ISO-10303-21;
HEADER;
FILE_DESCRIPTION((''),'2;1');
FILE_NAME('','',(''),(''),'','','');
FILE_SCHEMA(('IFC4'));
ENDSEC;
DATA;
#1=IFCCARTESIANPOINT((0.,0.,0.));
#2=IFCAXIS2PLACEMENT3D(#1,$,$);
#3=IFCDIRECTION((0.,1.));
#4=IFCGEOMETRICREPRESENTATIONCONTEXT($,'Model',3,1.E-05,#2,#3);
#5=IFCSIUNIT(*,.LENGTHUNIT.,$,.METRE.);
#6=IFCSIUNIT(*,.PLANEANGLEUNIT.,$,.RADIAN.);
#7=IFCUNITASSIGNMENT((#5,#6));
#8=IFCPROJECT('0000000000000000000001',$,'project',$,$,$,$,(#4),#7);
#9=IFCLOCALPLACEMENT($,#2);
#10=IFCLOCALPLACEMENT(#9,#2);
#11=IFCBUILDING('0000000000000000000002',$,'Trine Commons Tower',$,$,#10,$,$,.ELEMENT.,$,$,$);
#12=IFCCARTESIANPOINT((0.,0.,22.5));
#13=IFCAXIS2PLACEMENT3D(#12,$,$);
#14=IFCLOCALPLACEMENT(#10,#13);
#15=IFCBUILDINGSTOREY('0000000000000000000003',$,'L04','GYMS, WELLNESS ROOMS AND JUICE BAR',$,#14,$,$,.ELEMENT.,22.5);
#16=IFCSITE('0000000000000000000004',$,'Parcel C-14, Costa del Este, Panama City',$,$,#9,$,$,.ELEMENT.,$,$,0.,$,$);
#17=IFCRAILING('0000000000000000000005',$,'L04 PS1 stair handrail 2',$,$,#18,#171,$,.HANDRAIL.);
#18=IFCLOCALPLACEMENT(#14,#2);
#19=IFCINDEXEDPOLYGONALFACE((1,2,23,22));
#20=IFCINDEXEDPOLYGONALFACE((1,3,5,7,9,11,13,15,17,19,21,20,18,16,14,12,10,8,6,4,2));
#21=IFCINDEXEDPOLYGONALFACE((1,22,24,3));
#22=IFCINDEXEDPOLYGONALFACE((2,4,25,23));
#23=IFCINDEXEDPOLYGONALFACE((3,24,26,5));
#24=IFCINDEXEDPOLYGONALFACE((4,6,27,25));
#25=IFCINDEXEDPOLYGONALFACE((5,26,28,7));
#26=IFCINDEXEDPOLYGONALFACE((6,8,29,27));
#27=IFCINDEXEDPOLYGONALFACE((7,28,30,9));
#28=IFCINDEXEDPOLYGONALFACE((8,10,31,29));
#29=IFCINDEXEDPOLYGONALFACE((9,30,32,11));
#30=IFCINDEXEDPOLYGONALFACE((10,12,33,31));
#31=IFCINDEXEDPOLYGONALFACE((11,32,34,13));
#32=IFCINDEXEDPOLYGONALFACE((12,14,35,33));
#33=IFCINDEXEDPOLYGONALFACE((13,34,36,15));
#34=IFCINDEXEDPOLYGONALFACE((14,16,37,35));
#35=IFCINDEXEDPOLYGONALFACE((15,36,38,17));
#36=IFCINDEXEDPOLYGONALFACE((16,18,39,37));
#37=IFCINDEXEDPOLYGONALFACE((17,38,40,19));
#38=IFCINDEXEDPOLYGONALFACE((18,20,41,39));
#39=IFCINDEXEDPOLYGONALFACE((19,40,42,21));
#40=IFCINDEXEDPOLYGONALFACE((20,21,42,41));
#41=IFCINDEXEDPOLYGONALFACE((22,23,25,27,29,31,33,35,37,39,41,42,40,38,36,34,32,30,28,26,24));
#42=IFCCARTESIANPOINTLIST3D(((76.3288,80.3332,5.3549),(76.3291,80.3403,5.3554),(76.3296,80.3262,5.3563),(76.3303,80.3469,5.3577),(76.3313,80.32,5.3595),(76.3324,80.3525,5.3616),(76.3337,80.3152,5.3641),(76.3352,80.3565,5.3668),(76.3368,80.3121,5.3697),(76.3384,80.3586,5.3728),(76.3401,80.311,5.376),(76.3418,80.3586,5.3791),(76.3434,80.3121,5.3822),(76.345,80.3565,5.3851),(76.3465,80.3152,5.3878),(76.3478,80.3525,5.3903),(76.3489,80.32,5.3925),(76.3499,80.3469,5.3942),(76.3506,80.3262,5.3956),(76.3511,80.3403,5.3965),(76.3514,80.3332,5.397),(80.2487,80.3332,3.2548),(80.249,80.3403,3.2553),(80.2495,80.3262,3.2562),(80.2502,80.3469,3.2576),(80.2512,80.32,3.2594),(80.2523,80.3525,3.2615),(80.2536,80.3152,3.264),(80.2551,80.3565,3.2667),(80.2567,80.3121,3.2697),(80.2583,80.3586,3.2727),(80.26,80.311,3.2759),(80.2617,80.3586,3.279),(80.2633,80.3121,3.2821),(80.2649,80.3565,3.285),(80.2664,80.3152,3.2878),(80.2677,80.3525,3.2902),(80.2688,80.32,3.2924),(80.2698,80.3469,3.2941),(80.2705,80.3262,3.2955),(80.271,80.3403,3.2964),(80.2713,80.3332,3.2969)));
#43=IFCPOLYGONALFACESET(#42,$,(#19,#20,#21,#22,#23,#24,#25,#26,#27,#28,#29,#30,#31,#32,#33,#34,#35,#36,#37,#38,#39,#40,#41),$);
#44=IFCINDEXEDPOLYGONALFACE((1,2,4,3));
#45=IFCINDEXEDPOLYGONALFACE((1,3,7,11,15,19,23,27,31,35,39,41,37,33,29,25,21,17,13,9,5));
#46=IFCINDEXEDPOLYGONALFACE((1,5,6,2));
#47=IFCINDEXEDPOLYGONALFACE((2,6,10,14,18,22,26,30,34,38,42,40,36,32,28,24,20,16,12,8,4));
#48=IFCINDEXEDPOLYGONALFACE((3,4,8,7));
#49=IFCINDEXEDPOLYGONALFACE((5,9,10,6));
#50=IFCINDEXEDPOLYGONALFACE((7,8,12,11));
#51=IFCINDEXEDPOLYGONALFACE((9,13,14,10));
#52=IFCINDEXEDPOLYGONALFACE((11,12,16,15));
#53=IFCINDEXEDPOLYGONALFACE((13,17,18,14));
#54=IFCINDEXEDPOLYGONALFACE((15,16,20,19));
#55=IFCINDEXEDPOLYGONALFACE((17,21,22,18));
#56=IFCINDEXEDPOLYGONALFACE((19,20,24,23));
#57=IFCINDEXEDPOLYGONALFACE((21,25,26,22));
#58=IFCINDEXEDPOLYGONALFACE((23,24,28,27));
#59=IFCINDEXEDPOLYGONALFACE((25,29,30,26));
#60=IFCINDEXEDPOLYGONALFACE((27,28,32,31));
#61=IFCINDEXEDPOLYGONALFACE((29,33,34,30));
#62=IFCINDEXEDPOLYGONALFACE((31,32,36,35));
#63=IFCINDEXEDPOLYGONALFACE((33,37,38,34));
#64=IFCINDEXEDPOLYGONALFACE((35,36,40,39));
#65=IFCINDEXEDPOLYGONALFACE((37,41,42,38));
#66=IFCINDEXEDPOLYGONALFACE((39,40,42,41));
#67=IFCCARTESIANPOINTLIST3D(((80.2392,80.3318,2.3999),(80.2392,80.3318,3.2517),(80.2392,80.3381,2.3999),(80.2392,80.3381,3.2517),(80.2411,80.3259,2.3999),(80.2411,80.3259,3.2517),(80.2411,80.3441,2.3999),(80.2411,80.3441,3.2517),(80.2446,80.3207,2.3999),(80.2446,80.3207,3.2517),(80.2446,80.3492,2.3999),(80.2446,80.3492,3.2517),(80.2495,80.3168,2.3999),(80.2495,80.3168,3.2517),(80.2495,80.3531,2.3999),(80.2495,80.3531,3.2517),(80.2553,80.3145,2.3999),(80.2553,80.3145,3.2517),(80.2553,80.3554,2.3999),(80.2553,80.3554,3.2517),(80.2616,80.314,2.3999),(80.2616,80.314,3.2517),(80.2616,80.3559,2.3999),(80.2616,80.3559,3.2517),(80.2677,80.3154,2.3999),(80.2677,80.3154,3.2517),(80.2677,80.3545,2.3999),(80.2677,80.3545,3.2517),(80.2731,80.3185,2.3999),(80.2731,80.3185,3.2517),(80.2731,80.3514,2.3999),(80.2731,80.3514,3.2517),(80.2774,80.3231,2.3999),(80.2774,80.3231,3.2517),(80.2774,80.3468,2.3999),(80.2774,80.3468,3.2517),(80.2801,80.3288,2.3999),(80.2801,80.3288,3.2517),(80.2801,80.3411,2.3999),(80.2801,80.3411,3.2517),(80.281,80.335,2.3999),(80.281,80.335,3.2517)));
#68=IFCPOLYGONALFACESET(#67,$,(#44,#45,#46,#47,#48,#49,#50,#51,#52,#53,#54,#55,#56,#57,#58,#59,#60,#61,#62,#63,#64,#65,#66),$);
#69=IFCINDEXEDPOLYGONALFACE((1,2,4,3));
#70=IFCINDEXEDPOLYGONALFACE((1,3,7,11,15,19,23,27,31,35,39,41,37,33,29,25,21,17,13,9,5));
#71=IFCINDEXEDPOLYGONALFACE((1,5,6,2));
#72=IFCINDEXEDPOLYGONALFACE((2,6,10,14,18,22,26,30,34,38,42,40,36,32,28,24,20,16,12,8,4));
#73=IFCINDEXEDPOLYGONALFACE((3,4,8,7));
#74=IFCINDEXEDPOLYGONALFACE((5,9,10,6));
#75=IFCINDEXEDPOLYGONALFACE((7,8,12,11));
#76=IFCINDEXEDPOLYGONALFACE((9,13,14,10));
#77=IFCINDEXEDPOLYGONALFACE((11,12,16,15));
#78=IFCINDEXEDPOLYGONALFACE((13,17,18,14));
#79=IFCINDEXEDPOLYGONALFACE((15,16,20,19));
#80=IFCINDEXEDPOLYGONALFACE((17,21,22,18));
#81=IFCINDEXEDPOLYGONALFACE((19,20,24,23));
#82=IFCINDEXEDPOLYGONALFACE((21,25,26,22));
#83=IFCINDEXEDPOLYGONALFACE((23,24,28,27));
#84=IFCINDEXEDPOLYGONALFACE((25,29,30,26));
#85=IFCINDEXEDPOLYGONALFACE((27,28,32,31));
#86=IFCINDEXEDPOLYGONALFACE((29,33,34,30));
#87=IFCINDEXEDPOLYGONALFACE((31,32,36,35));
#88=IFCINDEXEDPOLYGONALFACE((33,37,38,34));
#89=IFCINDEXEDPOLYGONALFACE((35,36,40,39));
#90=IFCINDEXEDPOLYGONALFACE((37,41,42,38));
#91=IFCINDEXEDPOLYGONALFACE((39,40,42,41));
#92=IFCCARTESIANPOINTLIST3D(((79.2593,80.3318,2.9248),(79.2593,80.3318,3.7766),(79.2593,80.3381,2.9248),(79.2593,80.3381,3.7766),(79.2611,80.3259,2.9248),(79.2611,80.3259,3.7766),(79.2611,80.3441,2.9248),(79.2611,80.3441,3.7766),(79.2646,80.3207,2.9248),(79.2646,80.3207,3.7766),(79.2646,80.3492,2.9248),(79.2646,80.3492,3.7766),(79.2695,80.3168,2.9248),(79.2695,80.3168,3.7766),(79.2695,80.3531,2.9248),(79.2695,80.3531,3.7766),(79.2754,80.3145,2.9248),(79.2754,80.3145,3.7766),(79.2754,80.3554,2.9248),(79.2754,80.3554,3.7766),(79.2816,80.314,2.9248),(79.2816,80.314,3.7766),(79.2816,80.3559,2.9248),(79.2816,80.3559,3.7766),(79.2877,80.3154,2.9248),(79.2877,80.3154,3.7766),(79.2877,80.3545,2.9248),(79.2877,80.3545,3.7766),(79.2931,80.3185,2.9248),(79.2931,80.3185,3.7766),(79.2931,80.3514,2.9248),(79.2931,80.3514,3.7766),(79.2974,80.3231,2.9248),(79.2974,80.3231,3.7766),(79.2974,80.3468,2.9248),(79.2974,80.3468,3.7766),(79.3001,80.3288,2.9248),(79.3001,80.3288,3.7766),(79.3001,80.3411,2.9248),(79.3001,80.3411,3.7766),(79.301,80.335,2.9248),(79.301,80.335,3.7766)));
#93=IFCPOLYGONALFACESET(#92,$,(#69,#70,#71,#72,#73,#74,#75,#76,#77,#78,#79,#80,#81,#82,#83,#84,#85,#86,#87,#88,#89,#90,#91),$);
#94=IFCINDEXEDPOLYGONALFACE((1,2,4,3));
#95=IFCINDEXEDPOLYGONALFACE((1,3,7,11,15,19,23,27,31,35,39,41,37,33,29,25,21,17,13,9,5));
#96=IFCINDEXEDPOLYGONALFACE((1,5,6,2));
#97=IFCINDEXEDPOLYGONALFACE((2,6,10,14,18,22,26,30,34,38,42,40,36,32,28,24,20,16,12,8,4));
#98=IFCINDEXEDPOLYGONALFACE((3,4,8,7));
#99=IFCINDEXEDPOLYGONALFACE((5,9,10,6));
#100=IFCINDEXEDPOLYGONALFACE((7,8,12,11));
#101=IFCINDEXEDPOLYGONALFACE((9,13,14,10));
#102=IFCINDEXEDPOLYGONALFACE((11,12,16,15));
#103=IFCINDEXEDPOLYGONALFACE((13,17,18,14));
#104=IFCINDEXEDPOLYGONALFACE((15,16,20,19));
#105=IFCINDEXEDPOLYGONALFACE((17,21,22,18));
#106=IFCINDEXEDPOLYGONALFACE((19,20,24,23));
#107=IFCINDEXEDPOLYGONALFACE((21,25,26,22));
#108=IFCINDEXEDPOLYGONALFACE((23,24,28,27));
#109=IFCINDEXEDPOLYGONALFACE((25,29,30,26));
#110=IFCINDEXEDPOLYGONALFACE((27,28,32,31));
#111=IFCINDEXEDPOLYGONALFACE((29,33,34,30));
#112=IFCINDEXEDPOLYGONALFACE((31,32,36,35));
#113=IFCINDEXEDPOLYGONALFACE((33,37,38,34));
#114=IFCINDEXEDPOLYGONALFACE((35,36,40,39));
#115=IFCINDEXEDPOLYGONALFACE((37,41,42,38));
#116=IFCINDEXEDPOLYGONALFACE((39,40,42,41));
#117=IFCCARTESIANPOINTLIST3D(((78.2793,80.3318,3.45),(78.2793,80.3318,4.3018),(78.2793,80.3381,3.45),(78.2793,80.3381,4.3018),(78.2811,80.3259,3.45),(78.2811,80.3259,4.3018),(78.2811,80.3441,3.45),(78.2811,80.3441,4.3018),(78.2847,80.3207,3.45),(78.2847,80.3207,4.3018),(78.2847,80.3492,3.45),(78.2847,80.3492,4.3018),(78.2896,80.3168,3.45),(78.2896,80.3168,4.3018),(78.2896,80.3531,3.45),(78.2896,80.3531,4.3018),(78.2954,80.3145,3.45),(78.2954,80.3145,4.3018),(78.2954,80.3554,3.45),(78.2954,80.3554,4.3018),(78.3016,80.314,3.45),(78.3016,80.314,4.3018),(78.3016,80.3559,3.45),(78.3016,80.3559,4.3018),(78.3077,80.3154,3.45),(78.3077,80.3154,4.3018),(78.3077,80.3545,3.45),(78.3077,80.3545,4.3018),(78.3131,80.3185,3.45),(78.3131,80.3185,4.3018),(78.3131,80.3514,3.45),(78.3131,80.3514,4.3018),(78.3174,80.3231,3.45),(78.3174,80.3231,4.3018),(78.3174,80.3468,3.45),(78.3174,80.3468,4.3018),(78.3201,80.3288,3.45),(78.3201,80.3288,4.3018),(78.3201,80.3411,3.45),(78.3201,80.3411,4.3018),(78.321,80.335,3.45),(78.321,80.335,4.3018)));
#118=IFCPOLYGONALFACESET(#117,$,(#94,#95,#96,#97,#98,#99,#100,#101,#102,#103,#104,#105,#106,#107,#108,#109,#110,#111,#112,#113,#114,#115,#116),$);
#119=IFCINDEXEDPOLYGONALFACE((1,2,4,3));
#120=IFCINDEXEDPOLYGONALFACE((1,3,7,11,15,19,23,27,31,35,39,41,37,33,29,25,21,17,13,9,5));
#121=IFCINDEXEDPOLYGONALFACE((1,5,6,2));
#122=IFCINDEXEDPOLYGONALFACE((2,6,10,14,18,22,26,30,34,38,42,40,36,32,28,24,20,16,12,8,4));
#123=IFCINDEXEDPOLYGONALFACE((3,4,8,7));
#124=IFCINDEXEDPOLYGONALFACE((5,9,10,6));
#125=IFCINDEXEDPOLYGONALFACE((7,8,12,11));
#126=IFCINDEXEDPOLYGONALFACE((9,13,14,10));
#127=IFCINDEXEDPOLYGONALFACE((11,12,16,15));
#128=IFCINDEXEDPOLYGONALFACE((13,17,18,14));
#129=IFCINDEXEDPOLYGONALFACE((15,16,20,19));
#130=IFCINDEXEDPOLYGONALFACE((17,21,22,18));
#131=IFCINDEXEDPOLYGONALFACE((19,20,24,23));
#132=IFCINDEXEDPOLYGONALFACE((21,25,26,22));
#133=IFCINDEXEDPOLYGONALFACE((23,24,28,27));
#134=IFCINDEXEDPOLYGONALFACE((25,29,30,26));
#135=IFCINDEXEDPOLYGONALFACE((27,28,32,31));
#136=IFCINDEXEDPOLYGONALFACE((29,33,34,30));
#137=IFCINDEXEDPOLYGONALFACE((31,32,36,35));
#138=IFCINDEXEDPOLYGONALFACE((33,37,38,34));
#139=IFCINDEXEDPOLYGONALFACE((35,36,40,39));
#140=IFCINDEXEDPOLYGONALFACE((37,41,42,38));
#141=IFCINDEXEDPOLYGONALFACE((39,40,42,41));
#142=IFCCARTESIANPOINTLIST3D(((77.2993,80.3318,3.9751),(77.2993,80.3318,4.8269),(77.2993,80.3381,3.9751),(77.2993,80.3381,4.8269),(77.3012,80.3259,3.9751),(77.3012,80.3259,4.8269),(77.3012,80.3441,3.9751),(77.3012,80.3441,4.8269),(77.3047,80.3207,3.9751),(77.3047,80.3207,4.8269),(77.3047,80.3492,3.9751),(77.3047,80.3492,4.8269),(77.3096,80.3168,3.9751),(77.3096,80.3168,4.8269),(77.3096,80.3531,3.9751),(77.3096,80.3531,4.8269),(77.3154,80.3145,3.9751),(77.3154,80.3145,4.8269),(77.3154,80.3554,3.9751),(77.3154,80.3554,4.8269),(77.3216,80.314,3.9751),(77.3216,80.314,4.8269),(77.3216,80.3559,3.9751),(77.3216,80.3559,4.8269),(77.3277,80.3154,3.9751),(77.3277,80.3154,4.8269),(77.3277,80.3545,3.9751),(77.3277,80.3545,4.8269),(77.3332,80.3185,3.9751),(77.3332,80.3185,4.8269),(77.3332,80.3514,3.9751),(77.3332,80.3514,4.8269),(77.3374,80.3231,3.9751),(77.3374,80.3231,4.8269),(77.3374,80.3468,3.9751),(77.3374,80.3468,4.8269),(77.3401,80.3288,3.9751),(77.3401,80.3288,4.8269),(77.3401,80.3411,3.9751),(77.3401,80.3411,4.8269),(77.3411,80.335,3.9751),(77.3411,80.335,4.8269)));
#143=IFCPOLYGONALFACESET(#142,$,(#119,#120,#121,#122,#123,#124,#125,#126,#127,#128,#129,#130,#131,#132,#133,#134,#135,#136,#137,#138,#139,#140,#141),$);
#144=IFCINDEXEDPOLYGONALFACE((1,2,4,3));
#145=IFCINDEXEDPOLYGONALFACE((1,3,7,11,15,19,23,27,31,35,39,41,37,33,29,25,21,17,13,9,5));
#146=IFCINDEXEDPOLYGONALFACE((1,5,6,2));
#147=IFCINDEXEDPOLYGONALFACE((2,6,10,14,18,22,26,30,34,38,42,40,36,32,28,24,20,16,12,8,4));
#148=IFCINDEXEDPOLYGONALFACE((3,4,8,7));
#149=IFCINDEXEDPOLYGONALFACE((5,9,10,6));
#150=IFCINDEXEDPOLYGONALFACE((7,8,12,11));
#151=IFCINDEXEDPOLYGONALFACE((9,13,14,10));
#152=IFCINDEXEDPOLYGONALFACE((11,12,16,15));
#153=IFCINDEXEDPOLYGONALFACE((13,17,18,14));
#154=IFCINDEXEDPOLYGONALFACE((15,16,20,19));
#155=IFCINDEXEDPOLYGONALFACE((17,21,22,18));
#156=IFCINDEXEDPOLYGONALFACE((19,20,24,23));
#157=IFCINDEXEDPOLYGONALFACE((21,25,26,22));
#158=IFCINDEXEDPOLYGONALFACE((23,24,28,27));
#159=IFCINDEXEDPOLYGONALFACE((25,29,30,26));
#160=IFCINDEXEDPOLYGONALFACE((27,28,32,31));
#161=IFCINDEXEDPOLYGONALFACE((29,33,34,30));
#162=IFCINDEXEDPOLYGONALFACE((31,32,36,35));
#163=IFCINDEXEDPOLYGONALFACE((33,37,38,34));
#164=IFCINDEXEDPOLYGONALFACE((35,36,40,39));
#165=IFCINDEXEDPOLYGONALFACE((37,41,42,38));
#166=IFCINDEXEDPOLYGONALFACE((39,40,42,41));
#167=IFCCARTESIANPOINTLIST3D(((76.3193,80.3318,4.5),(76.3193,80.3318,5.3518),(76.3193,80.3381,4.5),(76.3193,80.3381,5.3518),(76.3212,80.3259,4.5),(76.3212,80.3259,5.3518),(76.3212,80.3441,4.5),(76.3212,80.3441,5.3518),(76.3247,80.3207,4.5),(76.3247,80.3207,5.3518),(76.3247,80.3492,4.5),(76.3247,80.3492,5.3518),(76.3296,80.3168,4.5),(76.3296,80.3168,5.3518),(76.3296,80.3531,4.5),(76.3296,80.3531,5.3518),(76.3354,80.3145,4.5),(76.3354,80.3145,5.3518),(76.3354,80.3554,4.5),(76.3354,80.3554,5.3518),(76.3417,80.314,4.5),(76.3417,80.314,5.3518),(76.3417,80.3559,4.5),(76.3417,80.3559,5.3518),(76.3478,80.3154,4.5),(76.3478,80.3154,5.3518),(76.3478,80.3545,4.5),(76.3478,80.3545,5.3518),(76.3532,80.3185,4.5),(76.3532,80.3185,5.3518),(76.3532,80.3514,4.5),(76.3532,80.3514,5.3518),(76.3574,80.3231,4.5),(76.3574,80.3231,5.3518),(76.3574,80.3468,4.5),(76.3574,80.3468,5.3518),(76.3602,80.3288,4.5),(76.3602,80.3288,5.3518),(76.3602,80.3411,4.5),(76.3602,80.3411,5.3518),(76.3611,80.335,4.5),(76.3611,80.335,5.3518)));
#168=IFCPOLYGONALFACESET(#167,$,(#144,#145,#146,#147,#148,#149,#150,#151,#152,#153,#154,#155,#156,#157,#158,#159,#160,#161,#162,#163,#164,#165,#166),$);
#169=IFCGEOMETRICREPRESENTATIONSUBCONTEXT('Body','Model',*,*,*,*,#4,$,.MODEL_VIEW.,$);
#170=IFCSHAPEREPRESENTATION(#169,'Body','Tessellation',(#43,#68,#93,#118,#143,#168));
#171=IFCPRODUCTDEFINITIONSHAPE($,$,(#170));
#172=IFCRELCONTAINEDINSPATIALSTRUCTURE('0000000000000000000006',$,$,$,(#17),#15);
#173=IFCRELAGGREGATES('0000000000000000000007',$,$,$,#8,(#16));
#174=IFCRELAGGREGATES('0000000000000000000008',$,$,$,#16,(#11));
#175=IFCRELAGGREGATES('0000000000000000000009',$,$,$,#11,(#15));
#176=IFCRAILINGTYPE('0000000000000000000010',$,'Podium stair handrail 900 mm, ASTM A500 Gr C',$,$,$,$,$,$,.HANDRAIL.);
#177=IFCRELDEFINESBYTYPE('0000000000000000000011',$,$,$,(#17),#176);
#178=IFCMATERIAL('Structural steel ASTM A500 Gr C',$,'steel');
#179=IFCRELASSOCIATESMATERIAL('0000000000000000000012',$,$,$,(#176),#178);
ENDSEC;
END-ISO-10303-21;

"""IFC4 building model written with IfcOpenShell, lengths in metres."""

from ifc_helpers import new_model, si_unit, direction, frame, origin, origin_2d, place, context, subcontext, project, spatial, circle, extrude, material, type_object, element, save


model = new_model("IFC4")

# Units and contexts
model_context = context("Model", 3, precision=1e-05, world=origin(), true_north=direction((0.0, 1.0)))
body_context = subcontext(model_context, "Body", "Model", "MODEL_VIEW")
ifc_project = project(units=[si_unit("LENGTHUNIT", "METRE"), si_unit("PLANEANGLEUNIT", "RADIAN")], contexts=[model_context])

# Site, building, storey
site_placement = place(None, origin())
site = spatial("IfcSite", under=ifc_project, at=site_placement, Name="Parcel C-14, Costa del Este, Panama City", CompositionType="ELEMENT", RefElevation=0.0)
building_placement = place(site_placement, origin())
building = spatial("IfcBuilding", under=site, at=building_placement, Name="Trine Commons Tower", CompositionType="ELEMENT")
storey_placement = place(building_placement, frame((0.0, 0.0, 22.5)))
storey = spatial("IfcBuildingStorey", under=building, at=storey_placement, Name="L04", Description="GYMS, WELLNESS ROOMS AND JUICE BAR", CompositionType="ELEMENT", Elevation=22.5)

# Railing
ifc_material_1 = material(Name="Structural steel ASTM A500 Gr C", Category="steel")
railing_type_1 = type_object("IfcRailingType", Name="Podium stair handrail 900 mm, ASTM A500 Gr C", PredefinedType="HANDRAIL", material=ifc_material_1)
railing_1_placement = place(storey_placement, frame((80.26, 80.335, 2.3999)))
element("IfcRailing", 1, at=railing_1_placement, inside=storey, type_object=railing_type_1, Name="L04 PS1 stair handrail 2", PredefinedType="HANDRAIL", context=body_context, shape_type="SweptSolid", body=[
    extrude(circle(Radius=0.0239, at=origin_2d()), frame((0.0, 0.0, 0.876), z_axis=(-0.881467, 0.0, 0.472246), x_axis=(0.0, -1.0, 0.0)), (0.0, 0.0, 1.0), 4.447),
    extrude(circle(Radius=0.021, at=origin_2d()), origin(), (0.0, 0.0, 1.0), 0.8518),
    extrude(circle(Radius=0.021, at=origin_2d()), frame((-0.98, 0.0, 0.5249)), (0.0, 0.0, 1.0), 0.8518),
    extrude(circle(Radius=0.021, at=origin_2d()), frame((-1.96, 0.0, 1.05)), (0.0, 0.0, 1.0), 0.8518),
    extrude(circle(Radius=0.021, at=origin_2d()), frame((-2.9399, 0.0, 1.5752)), (0.0, 0.0, 1.0), 0.8518),
    extrude(circle(Radius=0.021, at=origin_2d()), frame((-3.9199, 0.0, 2.1001)), (0.0, 0.0, 1.0), 0.8518),
])

save(model, "model.ifc")
